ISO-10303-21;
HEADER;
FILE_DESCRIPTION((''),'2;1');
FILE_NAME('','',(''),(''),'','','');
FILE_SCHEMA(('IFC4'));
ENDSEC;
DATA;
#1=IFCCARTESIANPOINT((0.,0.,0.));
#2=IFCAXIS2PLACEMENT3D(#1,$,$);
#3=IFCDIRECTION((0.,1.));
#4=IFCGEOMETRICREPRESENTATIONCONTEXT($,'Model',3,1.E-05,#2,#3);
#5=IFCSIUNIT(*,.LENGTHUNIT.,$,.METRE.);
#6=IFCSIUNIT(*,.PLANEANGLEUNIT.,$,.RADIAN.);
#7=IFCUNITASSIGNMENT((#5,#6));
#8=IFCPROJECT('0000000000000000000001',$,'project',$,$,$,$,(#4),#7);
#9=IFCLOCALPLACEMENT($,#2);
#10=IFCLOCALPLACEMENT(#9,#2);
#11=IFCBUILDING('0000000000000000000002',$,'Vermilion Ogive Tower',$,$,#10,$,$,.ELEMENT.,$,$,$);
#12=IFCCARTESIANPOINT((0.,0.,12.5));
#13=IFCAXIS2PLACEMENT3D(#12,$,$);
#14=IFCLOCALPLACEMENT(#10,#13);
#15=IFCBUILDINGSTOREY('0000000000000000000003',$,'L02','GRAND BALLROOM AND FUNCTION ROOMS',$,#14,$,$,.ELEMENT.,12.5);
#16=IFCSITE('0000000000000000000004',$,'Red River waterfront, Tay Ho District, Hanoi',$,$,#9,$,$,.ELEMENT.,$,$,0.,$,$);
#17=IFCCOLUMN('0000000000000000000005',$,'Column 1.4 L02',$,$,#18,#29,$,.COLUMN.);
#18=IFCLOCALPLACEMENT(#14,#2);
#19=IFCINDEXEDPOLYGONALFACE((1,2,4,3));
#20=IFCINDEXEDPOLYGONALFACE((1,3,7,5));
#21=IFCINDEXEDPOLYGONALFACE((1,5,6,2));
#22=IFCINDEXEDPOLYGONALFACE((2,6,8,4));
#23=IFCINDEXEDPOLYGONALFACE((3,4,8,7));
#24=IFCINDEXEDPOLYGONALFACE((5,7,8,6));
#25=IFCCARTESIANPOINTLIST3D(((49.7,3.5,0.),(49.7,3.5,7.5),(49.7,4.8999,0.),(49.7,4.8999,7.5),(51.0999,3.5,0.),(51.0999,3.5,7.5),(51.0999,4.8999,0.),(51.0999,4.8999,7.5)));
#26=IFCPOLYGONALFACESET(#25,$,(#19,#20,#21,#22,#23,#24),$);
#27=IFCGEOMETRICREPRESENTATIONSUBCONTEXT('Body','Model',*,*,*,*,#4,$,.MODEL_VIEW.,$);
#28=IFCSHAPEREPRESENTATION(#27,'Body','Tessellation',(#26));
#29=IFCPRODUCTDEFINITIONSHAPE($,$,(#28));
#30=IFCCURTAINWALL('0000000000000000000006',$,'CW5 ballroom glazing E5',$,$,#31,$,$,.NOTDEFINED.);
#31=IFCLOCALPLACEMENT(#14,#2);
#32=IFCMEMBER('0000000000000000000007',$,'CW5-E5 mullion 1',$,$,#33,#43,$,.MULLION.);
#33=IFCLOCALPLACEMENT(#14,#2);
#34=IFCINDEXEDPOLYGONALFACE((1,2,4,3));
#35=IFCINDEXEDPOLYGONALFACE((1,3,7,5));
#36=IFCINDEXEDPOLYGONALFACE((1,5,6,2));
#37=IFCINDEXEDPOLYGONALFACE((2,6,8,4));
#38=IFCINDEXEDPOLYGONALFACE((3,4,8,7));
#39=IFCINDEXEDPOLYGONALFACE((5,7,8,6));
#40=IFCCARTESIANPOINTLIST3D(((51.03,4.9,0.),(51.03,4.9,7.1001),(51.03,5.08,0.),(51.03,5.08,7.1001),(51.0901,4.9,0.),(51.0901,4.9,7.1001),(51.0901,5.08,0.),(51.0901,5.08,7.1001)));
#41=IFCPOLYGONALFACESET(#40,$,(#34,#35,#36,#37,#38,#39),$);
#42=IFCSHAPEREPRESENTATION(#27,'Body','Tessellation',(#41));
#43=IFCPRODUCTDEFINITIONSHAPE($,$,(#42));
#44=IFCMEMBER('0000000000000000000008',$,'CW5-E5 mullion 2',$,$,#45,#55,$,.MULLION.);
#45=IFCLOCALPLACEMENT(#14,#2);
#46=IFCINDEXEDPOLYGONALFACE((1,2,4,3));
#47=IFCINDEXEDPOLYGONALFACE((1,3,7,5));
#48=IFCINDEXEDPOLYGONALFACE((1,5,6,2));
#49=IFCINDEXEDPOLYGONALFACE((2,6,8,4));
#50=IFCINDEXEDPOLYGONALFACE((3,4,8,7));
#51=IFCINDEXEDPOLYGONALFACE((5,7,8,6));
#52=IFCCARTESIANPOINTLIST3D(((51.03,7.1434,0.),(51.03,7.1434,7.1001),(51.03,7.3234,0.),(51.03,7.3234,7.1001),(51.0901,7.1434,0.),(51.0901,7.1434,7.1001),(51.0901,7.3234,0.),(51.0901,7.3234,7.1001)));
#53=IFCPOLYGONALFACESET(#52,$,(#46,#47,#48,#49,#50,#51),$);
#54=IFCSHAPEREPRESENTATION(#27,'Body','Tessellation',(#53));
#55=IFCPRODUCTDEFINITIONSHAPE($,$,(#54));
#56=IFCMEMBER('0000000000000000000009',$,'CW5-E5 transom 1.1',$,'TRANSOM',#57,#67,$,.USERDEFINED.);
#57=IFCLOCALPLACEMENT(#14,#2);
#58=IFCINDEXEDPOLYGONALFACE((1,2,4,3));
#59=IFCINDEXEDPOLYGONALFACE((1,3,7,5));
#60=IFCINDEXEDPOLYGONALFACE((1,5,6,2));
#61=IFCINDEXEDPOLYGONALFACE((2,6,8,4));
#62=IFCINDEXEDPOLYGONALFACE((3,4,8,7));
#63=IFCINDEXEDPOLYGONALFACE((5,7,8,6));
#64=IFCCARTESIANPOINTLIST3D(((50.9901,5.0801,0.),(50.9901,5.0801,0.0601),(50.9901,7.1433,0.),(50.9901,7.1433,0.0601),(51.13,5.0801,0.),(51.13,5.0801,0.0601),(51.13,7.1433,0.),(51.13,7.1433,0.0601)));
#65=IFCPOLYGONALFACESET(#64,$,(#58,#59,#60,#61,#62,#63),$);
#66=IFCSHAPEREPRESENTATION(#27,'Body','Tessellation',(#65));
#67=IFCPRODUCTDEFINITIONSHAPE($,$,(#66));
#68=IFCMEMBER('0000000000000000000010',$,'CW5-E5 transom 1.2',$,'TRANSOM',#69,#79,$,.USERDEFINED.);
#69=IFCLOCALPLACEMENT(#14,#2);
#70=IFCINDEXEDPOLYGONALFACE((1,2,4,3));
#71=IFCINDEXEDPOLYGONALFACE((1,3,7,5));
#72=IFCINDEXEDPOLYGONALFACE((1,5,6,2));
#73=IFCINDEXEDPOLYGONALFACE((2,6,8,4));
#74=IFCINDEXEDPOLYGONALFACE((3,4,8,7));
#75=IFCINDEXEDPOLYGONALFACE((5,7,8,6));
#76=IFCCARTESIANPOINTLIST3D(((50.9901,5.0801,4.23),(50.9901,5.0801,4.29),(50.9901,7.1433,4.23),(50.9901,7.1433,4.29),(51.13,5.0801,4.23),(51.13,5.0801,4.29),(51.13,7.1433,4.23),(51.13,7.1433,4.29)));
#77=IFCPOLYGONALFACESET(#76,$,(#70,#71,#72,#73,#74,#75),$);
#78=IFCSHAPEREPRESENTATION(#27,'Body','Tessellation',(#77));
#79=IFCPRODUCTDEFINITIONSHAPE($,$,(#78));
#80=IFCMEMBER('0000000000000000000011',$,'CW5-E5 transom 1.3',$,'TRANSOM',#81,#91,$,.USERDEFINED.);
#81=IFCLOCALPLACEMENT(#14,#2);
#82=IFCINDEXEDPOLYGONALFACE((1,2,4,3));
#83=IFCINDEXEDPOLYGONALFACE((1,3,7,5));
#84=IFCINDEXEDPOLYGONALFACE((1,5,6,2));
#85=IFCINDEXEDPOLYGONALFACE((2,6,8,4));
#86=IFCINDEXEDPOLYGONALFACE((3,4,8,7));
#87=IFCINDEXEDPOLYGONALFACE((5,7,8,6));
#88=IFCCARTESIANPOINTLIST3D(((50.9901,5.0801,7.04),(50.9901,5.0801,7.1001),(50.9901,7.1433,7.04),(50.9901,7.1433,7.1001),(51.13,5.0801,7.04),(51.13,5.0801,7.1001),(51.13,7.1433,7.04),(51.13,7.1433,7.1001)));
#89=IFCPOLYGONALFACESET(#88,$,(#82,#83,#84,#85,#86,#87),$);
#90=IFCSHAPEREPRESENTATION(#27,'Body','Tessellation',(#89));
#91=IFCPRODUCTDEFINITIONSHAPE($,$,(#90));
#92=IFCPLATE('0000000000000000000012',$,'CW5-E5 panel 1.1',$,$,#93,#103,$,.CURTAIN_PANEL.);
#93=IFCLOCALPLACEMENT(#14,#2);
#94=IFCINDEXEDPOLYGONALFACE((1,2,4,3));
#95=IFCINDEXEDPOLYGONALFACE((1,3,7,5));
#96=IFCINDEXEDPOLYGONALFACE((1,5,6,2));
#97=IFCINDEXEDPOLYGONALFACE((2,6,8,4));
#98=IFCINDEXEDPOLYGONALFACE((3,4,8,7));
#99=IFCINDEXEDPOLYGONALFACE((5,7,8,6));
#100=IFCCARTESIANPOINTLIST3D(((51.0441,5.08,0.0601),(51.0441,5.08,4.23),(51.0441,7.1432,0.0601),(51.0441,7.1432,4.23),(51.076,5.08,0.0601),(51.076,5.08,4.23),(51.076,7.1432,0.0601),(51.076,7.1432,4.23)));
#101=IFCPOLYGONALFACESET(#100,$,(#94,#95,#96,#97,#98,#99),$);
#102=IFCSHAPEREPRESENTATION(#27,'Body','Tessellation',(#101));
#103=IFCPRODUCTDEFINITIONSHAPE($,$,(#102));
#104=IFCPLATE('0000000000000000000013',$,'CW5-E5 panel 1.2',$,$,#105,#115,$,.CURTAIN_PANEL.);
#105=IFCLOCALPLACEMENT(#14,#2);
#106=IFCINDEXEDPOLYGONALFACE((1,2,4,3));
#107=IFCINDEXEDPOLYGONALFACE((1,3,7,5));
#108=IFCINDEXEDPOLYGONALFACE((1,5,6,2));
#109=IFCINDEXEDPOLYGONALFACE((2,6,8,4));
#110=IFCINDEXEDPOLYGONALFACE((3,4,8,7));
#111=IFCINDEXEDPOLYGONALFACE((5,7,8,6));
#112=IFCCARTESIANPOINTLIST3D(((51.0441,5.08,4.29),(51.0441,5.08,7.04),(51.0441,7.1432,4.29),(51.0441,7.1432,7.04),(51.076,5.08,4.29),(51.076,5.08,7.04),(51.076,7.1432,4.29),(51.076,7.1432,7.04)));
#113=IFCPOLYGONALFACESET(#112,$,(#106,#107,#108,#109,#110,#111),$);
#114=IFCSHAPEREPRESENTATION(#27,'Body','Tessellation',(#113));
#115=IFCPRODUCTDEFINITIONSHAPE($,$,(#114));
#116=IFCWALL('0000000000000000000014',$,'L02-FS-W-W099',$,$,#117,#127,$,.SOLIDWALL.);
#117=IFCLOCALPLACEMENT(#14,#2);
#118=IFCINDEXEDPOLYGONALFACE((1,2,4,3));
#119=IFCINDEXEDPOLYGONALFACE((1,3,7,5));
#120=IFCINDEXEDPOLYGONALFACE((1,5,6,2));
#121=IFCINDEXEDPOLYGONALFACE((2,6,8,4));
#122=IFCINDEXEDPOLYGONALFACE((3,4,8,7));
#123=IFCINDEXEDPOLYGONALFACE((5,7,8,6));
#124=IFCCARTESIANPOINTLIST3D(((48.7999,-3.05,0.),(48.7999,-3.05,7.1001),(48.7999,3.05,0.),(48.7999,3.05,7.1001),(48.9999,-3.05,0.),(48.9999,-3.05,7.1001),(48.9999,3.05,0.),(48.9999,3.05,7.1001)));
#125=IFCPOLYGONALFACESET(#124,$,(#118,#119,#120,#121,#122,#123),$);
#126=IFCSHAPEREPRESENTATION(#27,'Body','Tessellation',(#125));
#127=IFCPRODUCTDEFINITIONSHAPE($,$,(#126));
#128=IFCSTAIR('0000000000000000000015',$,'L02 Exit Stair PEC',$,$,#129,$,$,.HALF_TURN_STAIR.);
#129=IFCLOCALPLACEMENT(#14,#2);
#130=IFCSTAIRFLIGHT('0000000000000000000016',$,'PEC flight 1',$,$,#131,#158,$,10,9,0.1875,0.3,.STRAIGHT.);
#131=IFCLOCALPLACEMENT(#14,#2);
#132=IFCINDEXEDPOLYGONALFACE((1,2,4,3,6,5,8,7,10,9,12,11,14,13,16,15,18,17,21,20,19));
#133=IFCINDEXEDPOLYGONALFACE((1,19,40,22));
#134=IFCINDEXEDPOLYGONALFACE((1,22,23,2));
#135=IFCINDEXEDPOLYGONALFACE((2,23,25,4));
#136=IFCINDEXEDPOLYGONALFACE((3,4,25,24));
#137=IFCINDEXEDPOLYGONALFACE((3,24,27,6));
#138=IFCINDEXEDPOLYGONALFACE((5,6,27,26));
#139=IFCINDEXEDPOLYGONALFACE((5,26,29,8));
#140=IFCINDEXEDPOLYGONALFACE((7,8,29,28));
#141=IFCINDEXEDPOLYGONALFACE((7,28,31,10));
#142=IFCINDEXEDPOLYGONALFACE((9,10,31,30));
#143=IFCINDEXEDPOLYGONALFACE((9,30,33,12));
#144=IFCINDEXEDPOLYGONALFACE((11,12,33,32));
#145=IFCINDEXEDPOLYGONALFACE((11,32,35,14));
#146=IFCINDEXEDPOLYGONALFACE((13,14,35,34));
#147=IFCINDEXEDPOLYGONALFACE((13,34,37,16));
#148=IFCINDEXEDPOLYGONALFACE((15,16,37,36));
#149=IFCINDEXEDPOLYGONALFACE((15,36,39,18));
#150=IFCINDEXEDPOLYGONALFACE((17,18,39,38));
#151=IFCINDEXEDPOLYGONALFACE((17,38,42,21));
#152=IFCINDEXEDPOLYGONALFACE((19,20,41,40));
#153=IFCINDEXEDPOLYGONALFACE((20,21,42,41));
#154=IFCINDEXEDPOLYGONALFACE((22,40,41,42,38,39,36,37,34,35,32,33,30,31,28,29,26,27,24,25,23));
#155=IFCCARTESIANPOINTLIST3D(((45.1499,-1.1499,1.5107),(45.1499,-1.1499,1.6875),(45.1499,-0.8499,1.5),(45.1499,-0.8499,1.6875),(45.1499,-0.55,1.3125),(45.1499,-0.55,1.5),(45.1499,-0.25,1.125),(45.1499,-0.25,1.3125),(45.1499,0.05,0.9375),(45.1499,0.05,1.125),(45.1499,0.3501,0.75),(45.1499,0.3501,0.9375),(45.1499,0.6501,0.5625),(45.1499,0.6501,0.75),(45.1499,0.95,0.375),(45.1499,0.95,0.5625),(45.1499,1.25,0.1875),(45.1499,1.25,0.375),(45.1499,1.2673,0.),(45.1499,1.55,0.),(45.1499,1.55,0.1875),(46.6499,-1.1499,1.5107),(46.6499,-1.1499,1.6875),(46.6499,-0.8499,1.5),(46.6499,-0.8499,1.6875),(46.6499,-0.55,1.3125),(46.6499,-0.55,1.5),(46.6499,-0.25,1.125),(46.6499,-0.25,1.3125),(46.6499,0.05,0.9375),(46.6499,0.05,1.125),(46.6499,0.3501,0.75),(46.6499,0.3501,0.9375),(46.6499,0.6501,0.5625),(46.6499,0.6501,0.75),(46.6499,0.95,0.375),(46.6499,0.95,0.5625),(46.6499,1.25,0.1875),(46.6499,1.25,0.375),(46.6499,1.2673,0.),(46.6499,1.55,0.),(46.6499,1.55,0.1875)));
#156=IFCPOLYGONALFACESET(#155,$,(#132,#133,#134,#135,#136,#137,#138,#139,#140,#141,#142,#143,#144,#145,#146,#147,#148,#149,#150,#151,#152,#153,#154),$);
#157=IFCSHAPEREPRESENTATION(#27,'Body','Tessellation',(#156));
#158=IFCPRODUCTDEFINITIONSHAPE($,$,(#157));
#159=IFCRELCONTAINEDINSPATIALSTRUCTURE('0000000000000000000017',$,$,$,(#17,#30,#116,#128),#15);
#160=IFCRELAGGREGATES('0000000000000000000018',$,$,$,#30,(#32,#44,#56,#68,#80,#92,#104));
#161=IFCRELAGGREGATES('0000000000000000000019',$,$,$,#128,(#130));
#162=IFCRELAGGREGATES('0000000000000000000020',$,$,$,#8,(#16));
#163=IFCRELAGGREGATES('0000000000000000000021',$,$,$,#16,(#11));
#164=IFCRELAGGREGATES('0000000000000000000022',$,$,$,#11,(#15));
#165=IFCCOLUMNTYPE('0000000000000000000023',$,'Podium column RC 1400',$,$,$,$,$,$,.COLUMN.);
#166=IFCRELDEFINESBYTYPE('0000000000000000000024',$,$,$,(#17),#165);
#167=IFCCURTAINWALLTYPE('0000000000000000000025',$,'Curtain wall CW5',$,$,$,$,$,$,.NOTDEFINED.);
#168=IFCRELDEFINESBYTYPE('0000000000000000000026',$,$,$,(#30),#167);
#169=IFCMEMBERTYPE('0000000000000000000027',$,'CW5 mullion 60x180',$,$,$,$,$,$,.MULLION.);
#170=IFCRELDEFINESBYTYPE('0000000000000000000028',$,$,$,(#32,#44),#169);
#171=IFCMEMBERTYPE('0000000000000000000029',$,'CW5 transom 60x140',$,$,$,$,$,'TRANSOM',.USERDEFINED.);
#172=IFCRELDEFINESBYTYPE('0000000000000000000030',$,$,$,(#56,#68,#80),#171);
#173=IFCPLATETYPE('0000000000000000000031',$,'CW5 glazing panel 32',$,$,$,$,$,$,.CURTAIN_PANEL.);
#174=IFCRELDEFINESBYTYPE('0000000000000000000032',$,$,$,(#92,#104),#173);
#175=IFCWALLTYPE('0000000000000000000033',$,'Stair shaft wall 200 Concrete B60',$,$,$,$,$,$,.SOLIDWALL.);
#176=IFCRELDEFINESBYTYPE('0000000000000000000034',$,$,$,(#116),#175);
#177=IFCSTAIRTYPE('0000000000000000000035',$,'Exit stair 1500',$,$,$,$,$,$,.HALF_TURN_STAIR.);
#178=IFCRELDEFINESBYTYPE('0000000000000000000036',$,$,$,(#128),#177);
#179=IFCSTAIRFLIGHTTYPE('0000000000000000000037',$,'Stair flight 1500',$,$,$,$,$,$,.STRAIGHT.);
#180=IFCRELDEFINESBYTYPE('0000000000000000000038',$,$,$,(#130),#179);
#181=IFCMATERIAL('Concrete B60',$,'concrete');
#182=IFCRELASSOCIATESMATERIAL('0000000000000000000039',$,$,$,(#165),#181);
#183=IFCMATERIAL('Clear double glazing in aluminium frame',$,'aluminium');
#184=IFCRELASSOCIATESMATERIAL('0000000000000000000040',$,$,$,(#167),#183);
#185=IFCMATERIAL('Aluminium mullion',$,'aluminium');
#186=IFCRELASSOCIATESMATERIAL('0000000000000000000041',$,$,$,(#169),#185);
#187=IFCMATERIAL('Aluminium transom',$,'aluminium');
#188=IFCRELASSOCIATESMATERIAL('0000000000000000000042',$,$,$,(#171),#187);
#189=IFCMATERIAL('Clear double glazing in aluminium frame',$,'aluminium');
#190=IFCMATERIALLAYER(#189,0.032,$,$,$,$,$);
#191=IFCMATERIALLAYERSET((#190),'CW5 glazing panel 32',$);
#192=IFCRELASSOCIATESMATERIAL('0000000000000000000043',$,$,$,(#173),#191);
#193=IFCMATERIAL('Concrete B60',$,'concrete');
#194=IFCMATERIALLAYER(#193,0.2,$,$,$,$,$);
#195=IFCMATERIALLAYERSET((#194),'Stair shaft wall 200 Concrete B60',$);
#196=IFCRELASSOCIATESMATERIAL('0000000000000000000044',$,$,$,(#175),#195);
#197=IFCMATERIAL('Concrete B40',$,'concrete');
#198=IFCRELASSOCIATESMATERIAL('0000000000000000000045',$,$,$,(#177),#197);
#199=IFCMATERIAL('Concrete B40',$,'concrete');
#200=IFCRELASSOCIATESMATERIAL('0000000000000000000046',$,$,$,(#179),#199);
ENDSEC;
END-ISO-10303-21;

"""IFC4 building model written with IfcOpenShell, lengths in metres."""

from ifc_helpers import new_model, si_unit, direction, frame, frame_2d, origin, origin_2d, place, context, subcontext, project, spatial, polyline, rectangle, outline, extrude, material, layer, layer_set, material_profile, profile_set, type_object, element, aggregate, save


model = new_model("IFC4")

# Units and contexts
model_context = context("Model", 3, precision=1e-05, world=origin(), true_north=direction((0.0, 1.0)))
body_context = subcontext(model_context, "Body", "Model", "MODEL_VIEW")
ifc_project = project(units=[si_unit("LENGTHUNIT", "METRE"), si_unit("PLANEANGLEUNIT", "RADIAN")], contexts=[model_context])

# Site, building, storey
site_placement = place(None, origin())
site = spatial("IfcSite", under=ifc_project, at=site_placement, Name="Red River waterfront, Tay Ho District, Hanoi", CompositionType="ELEMENT", RefElevation=0.0)
building_placement = place(site_placement, origin())
building = spatial("IfcBuilding", under=site, at=building_placement, Name="Vermilion Ogive Tower", CompositionType="ELEMENT")
storey_placement = place(building_placement, frame((0.0, 0.0, 12.5)))
storey = spatial("IfcBuildingStorey", under=building, at=storey_placement, Name="L02", Description="GRAND BALLROOM AND FUNCTION ROOMS", CompositionType="ELEMENT", Elevation=12.5)

# Column
ifc_material_1 = material(Name="Concrete B60", Category="concrete")
ifc_material_profile_1 = material_profile(ifc_material_1, rectangle(XDim=1.3999, YDim=1.3999, at=origin_2d()), Name="RC 1400x1400")
ifc_profile_set_1 = profile_set([ifc_material_profile_1], Name="Concrete B60")
column_type = type_object("IfcColumnType", Name="Podium column RC 1400", PredefinedType="COLUMN", material=ifc_profile_set_1)
column_placement = place(storey_placement, frame((50.3999, 4.2, 0.0), z_axis=(0.0, 0.0, 1.0), x_axis=(1.0, 0.0, 0.0)))
element("IfcColumn", 1, at=column_placement, inside=storey, type_object=column_type, Name="Column 1.4 L02", PredefinedType="COLUMN", context=body_context, shape_type="SweptSolid", body=[
    extrude(rectangle(XDim=1.3999, YDim=1.3999, at=origin_2d()), origin(), (0.0, 0.0, 1.0), 7.5),
])

# Curtain wall, members, plates
ifc_material_2 = material(Name="Clear double glazing in aluminium frame", Category="aluminium")
curtain_wall_type = type_object("IfcCurtainWallType", Name="Curtain wall CW5", PredefinedType="NOTDEFINED", material=ifc_material_2)
curtain_wall_placement = place(storey_placement, origin())
curtain_wall = element("IfcCurtainWall", 2, at=curtain_wall_placement, inside=storey, type_object=curtain_wall_type, Name="CW5 ballroom glazing E5", PredefinedType="NOTDEFINED")
ifc_material_3 = material(Name="Aluminium mullion", Category="aluminium")
ifc_material_profile_2 = material_profile(ifc_material_3, rectangle(XDim=0.0601, YDim=0.1799, at=origin_2d()), Name="AL 60x180")
ifc_profile_set_2 = profile_set([ifc_material_profile_2], Name="Aluminium mullion")
member_type_1 = type_object("IfcMemberType", Name="CW5 mullion 60x180", PredefinedType="MULLION", material=ifc_profile_set_2)
member_1_placement = place(storey_placement, frame((51.0601, 4.99, 0.0), z_axis=(0.0, 0.0, 1.0), x_axis=(-1.0, 0.0, 0.0)))
member_1 = element("IfcMember", 3, at=member_1_placement, type_object=member_type_1, Name="CW5-E5 mullion 1", PredefinedType="MULLION", context=body_context, shape_type="SweptSolid", body=[
    extrude(rectangle(XDim=0.0601, YDim=0.1799, at=origin_2d()), origin(), (0.0, 0.0, 1.0), 7.1001),
])
member_2_placement = place(storey_placement, frame((51.0601, 7.2334, 0.0), z_axis=(0.0, 0.0, 1.0), x_axis=(-1.0, 0.0, 0.0)))
member_2 = element("IfcMember", 4, at=member_2_placement, type_object=member_type_1, Name="CW5-E5 mullion 2", PredefinedType="MULLION", context=body_context, shape_type="SweptSolid", body=[
    extrude(rectangle(XDim=0.0601, YDim=0.1799, at=origin_2d()), origin(), (0.0, 0.0, 1.0), 7.1001),
])
ifc_material_4 = material(Name="Aluminium transom", Category="aluminium")
ifc_material_profile_3 = material_profile(ifc_material_4, rectangle(XDim=0.1399, YDim=0.0601, at=origin_2d()), Name="AL 60x140")
ifc_profile_set_3 = profile_set([ifc_material_profile_3], Name="Aluminium transom")
member_type_2 = type_object("IfcMemberType", Name="CW5 transom 60x140", ElementType="TRANSOM", PredefinedType="USERDEFINED", material=ifc_profile_set_3)
member_3_placement = place(storey_placement, frame((51.0601, 5.0801, 0.03), z_axis=(0.0, 1.0, 0.0), x_axis=(-1.0, 0.0, 0.0)))
member_3 = element("IfcMember", 5, at=member_3_placement, type_object=member_type_2, Name="CW5-E5 transom 1.1", ObjectType="TRANSOM", PredefinedType="USERDEFINED", context=body_context, shape_type="SweptSolid", body=[
    extrude(rectangle(XDim=0.1399, YDim=0.0601, at=origin_2d()), origin(), (0.0, 0.0, 1.0), 2.0632),
])
member_4_placement = place(storey_placement, frame((51.0601, 5.0801, 4.26), z_axis=(0.0, 1.0, 0.0), x_axis=(-1.0, 0.0, 0.0)))
member_4 = element("IfcMember", 6, at=member_4_placement, type_object=member_type_2, Name="CW5-E5 transom 1.2", ObjectType="TRANSOM", PredefinedType="USERDEFINED", context=body_context, shape_type="SweptSolid", body=[
    extrude(rectangle(XDim=0.1399, YDim=0.0601, at=origin_2d()), origin(), (0.0, 0.0, 1.0), 2.0632),
])
member_5_placement = place(storey_placement, frame((51.0601, 5.0801, 7.0701), z_axis=(0.0, 1.0, 0.0), x_axis=(-1.0, 0.0, 0.0)))
member_5 = element("IfcMember", 7, at=member_5_placement, type_object=member_type_2, Name="CW5-E5 transom 1.3", ObjectType="TRANSOM", PredefinedType="USERDEFINED", context=body_context, shape_type="SweptSolid", body=[
    extrude(rectangle(XDim=0.1399, YDim=0.0601, at=origin_2d()), origin(), (0.0, 0.0, 1.0), 2.0632),
])
ifc_material_5 = material(Name="Clear double glazing in aluminium frame", Category="aluminium")
ifc_layer_1 = layer(ifc_material_5, 0.032)
ifc_layer_set_1 = layer_set([ifc_layer_1], Name="CW5 glazing panel 32")
plate_type = type_object("IfcPlateType", Name="CW5 glazing panel 32", PredefinedType="CURTAIN_PANEL", material=ifc_layer_set_1)
plate_1_placement = place(storey_placement, frame((51.0601, 6.1116, 0.0601), z_axis=(0.0, 0.0, 1.0), x_axis=(0.0, 1.0, 0.0)))
plate_1 = element("IfcPlate", 8, at=plate_1_placement, type_object=plate_type, Name="CW5-E5 panel 1.1", PredefinedType="CURTAIN_PANEL", context=body_context, shape_type="SweptSolid", body=[
    extrude(rectangle(XDim=2.0632, YDim=0.032, at=origin_2d()), origin(), (0.0, 0.0, 1.0), 4.1699),
])
plate_2_placement = place(storey_placement, frame((51.0601, 6.1116, 4.29), z_axis=(0.0, 0.0, 1.0), x_axis=(0.0, 1.0, 0.0)))
plate_2 = element("IfcPlate", 9, at=plate_2_placement, type_object=plate_type, Name="CW5-E5 panel 1.2", PredefinedType="CURTAIN_PANEL", context=body_context, shape_type="SweptSolid", body=[
    extrude(rectangle(XDim=2.0632, YDim=0.032, at=origin_2d()), origin(), (0.0, 0.0, 1.0), 2.75),
])
aggregate(curtain_wall, [member_1, member_2, member_3, member_4, member_5, plate_1, plate_2])

# Wall
ifc_material_6 = material(Name="Concrete B60", Category="concrete")
ifc_layer_2 = layer(ifc_material_6, 0.2)
ifc_layer_set_2 = layer_set([ifc_layer_2], Name="Stair shaft wall 200 Concrete B60")
wall_type = type_object("IfcWallType", Name="Stair shaft wall 200 Concrete B60", PredefinedType="SOLIDWALL", material=ifc_layer_set_2)
wall_placement = place(storey_placement, frame((48.8999, -3.05, 0.0), z_axis=(0.0, 0.0, 1.0), x_axis=(0.0, 1.0, 0.0)))
element("IfcWall", 10, at=wall_placement, inside=storey, type_object=wall_type, Name="L02-FS-W-W099", PredefinedType="SOLIDWALL", context=body_context, shape_type="SweptSolid", body=[
    extrude(rectangle(XDim=6.1001, YDim=0.2, at=frame_2d((3.05, 0.0))), origin(), (0.0, 0.0, 1.0), 7.1001),
])

# Stair, stair flight
ifc_material_7 = material(Name="Concrete B40", Category="concrete")
stair_type = type_object("IfcStairType", Name="Exit stair 1500", PredefinedType="HALF_TURN_STAIR", material=ifc_material_7)
stair_placement = place(storey_placement, origin())
stair = element("IfcStair", 11, at=stair_placement, inside=storey, type_object=stair_type, Name="L02 Exit Stair PEC", PredefinedType="HALF_TURN_STAIR")
ifc_material_8 = material(Name="Concrete B40", Category="concrete")
stair_flight_type = type_object("IfcStairFlightType", Name="Stair flight 1500", PredefinedType="STRAIGHT", material=ifc_material_8)
stair_flight_1_placement = place(storey_placement, frame((45.8999, 1.55, 0.0), z_axis=(0.0, 0.0, 1.0), x_axis=(0.0, -1.0, 0.0)))
stair_flight_1 = element("IfcStairFlight", 12, at=stair_flight_1_placement, type_object=stair_flight_type, Name="PEC flight 1", NumberOfRisers=10, NumberOfTreads=9, PredefinedType="STRAIGHT", RiserHeight=0.1875, TreadLength=0.3, context=body_context, shape_type="SweptSolid", body=[
    extrude(outline(polyline([(0.0, 0.0), (0.0, 0.1875), (0.3, 0.1875), (0.3, 0.375), (0.6001, 0.375), (0.6001, 0.5625), (0.8999, 0.5625), (0.8999, 0.75), (1.2, 0.75), (1.2, 0.9375), (1.5, 0.9375), (1.5, 1.125), (1.8, 1.125), (1.8, 1.3125), (2.1001, 1.3125), (2.1001, 1.5), (2.3999, 1.5), (2.3999, 1.6875), (2.7, 1.6875), (2.7, 1.875), (2.7, 1.5107), (0.2827, 0.0), (0.0, 0.0)])), frame((0.0, 0.75, 0.0), z_axis=(0.0, -1.0, 0.0), x_axis=(1.0, 0.0, 0.0)), (0.0, 0.0, 1.0), 1.5),
])
aggregate(stair, [stair_flight_1])

save(model, "model.ifc")
